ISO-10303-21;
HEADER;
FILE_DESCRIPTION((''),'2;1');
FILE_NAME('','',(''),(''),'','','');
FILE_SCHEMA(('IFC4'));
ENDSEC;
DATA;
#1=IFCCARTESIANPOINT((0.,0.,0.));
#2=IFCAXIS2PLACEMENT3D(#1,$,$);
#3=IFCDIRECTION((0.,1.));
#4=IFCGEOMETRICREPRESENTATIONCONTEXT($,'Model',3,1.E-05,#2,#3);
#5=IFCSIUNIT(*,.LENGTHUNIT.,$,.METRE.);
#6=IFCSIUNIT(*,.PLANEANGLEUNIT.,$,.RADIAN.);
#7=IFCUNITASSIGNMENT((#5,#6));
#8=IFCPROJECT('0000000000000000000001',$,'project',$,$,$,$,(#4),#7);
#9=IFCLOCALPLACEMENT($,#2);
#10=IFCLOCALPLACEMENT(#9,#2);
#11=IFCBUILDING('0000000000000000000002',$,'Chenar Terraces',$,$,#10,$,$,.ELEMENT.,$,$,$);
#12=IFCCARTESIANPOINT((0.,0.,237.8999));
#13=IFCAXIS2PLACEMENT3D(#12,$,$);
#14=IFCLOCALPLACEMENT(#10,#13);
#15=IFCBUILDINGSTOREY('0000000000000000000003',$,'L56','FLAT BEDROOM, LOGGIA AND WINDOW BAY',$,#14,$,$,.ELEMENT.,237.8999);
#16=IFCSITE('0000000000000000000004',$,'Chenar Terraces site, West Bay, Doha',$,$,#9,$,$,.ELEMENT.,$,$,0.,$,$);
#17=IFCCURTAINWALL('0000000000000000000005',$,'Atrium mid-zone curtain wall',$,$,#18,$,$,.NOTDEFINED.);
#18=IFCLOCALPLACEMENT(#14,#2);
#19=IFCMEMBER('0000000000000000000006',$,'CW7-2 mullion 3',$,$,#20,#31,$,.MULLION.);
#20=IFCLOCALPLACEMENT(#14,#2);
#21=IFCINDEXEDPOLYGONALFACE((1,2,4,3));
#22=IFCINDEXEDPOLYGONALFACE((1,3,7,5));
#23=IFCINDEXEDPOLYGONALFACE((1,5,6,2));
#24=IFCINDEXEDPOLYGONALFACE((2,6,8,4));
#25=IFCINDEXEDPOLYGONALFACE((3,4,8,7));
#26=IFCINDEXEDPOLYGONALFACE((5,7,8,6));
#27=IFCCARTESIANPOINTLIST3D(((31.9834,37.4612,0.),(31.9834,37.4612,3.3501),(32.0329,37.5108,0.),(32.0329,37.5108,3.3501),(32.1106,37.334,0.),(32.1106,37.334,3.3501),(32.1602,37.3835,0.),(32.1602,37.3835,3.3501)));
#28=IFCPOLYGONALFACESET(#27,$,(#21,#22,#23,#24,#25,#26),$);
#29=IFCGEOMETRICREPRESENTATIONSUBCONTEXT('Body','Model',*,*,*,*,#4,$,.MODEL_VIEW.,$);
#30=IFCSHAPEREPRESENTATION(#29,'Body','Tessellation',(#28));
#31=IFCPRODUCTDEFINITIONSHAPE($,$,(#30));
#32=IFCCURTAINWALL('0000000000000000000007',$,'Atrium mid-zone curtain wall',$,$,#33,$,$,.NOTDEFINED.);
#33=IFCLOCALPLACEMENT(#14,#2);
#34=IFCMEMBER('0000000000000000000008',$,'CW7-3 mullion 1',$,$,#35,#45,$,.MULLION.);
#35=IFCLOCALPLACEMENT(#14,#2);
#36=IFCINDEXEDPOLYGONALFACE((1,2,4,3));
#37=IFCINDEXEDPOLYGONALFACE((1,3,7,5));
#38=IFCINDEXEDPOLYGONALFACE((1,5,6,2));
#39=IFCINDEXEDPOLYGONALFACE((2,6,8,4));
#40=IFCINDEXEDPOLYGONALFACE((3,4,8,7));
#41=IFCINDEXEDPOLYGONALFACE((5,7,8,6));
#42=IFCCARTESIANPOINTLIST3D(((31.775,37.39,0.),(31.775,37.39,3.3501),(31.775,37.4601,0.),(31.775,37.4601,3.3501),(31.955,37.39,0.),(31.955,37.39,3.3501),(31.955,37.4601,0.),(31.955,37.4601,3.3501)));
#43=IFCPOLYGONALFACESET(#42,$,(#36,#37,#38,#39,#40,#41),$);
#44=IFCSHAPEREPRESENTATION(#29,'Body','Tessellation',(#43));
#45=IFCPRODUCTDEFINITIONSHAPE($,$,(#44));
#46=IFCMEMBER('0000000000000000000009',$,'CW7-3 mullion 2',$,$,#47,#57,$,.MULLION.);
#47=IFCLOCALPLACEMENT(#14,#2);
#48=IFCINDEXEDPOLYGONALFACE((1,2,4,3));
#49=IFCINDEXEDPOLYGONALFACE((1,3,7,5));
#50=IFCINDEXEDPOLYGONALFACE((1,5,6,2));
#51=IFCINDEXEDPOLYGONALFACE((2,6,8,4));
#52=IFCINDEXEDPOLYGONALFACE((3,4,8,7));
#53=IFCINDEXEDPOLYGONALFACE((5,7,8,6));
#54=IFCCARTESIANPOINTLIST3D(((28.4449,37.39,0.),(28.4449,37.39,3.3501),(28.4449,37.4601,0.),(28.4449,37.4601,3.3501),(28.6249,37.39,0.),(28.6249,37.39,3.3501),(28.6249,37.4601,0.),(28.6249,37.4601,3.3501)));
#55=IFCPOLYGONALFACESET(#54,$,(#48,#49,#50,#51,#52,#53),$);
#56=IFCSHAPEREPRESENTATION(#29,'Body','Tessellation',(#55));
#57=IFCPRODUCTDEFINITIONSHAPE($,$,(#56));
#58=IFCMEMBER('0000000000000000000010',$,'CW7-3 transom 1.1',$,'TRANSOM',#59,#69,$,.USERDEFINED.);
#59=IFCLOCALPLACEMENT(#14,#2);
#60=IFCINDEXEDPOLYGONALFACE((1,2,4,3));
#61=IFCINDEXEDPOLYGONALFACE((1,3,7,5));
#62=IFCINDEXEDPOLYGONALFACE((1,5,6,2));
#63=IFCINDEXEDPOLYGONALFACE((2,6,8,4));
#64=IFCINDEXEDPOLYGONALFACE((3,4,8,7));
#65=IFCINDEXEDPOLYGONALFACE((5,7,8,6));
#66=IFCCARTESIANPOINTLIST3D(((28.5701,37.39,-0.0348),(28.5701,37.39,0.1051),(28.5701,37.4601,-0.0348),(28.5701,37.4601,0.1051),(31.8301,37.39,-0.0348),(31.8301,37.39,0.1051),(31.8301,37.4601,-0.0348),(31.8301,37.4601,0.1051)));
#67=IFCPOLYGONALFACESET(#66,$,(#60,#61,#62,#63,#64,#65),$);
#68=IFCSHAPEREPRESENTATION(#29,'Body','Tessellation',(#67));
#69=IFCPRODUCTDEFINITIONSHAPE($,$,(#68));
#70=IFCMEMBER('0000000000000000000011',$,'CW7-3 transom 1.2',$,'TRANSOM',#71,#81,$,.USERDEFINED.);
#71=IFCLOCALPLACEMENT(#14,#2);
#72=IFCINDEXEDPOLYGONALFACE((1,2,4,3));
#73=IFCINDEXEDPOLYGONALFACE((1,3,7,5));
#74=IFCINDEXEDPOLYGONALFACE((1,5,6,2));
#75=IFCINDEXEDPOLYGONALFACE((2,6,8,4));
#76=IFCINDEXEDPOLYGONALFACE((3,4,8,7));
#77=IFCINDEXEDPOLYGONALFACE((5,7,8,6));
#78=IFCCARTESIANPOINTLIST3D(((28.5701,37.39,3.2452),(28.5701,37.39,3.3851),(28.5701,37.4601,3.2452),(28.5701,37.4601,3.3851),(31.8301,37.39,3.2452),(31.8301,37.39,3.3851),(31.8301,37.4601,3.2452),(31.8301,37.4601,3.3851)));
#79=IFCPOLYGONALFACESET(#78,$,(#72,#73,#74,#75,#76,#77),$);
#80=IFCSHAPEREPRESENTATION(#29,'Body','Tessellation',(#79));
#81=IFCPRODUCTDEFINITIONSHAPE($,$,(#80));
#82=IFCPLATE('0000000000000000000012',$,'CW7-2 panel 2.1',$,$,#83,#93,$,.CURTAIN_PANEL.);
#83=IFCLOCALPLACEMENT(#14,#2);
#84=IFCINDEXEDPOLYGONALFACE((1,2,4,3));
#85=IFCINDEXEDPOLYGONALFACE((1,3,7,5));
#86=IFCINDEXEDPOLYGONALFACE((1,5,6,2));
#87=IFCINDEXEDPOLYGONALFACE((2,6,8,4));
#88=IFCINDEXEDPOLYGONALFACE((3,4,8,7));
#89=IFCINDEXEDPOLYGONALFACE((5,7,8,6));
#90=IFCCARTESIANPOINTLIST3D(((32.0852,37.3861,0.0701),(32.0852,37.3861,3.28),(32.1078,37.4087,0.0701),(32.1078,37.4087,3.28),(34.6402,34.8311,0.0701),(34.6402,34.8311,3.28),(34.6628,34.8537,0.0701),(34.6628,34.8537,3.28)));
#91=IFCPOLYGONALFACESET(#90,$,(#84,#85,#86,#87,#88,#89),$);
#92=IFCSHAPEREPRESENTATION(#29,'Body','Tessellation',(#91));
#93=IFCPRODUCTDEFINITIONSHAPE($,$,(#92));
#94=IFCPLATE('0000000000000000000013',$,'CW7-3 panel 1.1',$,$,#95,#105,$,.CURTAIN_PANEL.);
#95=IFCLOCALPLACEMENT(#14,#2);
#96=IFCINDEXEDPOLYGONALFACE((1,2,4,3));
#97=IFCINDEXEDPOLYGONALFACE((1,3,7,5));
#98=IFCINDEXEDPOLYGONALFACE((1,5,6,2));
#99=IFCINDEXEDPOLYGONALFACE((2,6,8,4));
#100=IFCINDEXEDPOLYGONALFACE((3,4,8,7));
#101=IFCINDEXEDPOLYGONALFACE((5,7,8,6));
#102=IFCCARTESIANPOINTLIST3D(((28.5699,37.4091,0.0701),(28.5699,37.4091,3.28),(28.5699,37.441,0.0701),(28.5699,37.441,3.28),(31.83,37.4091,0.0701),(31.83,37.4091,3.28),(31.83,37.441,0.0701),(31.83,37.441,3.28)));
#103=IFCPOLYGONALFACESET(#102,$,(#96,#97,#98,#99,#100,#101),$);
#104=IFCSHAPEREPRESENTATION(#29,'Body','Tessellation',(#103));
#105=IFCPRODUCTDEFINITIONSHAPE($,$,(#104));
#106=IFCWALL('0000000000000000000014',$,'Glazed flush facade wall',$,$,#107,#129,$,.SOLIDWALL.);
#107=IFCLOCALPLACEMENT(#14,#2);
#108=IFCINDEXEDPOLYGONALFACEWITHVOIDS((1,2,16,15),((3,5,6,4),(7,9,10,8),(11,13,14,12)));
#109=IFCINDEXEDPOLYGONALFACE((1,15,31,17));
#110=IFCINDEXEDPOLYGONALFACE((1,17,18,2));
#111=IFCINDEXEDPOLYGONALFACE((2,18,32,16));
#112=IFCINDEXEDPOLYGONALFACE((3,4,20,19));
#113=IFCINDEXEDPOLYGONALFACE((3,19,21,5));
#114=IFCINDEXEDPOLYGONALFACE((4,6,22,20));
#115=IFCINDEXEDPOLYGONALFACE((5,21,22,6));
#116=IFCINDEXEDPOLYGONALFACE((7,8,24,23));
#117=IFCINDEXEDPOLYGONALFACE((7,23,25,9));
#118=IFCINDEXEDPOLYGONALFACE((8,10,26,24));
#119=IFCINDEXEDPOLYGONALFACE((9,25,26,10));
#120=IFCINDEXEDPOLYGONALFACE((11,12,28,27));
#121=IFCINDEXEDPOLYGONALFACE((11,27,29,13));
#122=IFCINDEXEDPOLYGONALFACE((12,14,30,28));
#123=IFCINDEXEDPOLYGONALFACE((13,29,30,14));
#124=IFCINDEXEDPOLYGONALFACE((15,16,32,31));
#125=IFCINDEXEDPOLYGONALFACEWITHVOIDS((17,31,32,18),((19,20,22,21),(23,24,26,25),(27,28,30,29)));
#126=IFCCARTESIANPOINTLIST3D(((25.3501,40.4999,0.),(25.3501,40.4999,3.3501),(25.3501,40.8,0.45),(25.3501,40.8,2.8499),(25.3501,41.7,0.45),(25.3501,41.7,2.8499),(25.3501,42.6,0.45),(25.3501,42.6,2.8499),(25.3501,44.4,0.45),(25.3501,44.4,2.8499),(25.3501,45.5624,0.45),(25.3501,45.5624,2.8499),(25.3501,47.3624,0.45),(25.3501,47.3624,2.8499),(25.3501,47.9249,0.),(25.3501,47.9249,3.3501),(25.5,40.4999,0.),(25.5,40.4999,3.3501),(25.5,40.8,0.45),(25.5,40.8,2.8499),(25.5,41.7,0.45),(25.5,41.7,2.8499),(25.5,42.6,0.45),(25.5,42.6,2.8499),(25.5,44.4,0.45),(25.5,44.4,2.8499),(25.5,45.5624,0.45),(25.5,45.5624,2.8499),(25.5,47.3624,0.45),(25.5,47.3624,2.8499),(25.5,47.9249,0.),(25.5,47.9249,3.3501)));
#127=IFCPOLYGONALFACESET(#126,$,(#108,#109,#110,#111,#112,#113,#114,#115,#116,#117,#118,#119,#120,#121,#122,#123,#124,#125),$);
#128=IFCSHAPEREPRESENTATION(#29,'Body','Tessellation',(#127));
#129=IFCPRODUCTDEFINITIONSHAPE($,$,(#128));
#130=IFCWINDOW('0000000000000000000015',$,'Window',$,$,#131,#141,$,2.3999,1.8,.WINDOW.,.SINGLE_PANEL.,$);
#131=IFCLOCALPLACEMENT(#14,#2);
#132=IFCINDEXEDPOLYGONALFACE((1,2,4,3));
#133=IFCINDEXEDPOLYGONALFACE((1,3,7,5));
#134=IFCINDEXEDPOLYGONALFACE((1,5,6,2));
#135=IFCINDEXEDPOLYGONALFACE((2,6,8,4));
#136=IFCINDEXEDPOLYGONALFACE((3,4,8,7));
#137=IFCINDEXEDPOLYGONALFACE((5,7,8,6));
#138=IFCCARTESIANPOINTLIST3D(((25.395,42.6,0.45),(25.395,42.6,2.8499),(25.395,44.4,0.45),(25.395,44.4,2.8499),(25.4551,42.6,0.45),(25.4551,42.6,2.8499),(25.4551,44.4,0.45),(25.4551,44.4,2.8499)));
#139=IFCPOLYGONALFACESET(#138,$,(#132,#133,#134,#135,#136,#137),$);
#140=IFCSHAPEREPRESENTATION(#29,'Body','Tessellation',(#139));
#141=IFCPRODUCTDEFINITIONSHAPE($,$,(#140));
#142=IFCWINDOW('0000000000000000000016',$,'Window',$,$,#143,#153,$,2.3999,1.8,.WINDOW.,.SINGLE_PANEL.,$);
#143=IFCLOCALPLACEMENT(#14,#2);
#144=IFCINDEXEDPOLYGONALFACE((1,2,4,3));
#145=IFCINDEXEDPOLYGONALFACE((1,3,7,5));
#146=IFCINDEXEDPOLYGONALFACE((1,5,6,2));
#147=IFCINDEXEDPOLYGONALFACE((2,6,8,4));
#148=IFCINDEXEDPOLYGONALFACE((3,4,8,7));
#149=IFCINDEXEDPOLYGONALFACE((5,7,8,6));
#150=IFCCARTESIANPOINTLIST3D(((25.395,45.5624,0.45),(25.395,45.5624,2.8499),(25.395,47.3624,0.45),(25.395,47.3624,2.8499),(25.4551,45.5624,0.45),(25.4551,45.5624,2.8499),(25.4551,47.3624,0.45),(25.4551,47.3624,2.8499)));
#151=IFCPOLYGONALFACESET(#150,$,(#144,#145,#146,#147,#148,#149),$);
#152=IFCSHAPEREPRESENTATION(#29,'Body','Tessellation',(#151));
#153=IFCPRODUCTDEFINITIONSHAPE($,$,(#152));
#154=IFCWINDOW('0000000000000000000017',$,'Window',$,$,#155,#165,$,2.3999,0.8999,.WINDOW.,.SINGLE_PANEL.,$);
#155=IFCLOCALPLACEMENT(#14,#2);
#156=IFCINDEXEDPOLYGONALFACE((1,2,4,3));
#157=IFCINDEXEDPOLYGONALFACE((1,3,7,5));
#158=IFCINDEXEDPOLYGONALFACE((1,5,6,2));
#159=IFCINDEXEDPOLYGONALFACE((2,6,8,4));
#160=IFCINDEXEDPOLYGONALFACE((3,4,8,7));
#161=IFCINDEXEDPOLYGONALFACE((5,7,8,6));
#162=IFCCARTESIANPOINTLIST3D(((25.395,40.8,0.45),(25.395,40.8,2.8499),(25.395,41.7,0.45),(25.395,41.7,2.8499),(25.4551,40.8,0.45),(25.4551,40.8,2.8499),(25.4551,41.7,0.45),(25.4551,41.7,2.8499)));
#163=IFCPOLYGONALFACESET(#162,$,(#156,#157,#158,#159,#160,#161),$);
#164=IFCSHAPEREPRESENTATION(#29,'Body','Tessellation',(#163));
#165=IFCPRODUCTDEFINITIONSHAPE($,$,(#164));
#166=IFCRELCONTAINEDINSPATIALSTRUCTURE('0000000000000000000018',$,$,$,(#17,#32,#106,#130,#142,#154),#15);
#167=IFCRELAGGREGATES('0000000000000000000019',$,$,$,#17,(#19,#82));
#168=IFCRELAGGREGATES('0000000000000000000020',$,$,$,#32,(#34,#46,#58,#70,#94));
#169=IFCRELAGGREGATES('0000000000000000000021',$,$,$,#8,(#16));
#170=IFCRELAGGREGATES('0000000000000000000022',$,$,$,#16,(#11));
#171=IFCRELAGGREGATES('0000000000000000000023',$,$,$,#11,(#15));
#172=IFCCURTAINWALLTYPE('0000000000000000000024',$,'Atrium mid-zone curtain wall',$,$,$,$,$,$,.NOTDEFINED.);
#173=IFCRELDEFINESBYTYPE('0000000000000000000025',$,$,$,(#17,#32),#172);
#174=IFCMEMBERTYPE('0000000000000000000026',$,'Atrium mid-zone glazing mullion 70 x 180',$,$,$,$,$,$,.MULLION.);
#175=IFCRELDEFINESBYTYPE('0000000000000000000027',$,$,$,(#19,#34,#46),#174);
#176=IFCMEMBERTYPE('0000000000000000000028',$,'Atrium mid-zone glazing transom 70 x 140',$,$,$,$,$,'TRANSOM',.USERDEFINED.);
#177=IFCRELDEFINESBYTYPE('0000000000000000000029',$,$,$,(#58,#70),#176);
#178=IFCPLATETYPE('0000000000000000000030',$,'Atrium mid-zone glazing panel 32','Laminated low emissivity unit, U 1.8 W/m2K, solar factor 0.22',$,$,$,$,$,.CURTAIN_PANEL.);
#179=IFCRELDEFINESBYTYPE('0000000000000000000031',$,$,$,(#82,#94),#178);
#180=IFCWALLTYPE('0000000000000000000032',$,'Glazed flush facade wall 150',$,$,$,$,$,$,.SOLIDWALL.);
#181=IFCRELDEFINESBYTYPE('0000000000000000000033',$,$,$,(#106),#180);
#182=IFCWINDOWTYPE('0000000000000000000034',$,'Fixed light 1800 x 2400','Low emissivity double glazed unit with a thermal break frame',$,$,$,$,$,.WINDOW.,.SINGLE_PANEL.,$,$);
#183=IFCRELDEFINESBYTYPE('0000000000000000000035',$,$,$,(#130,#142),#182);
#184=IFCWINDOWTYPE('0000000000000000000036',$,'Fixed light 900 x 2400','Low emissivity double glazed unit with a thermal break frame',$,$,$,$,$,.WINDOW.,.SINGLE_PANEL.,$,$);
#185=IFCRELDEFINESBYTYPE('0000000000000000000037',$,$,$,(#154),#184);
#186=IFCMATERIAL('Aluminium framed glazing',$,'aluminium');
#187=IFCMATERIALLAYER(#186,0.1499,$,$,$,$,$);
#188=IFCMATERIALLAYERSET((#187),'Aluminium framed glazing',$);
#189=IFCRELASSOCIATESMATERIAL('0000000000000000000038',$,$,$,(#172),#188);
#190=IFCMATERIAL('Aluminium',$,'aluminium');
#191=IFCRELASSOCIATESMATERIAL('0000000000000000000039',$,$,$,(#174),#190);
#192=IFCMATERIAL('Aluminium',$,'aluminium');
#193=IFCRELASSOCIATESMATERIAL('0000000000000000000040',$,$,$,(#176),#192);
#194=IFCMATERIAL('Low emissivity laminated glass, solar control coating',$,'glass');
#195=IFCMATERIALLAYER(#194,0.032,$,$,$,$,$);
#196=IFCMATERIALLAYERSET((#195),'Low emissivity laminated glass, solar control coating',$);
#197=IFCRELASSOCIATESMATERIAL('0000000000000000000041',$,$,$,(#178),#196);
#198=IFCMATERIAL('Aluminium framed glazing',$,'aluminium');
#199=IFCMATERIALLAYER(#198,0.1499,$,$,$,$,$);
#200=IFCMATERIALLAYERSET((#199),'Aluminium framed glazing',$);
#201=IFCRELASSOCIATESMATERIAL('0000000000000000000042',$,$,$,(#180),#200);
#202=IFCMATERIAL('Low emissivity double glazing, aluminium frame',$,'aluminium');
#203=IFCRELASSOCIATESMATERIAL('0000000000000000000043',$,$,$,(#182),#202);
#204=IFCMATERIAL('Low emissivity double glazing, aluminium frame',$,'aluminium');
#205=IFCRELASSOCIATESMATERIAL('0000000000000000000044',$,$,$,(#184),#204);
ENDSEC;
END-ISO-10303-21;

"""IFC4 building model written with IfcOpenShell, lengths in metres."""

from ifc_helpers import new_model, si_unit, direction, frame, frame_2d, origin, origin_2d, place, context, subcontext, project, spatial, rectangle, extrude, material, layer, layer_set, material_profile, profile_set, type_object, element, fill, aggregate, save


model = new_model("IFC4")

# Units and contexts
model_context = context("Model", 3, precision=1e-05, world=origin(), true_north=direction((0.0, 1.0)))
body_context = subcontext(model_context, "Body", "Model", "MODEL_VIEW")
ifc_project = project(units=[si_unit("LENGTHUNIT", "METRE"), si_unit("PLANEANGLEUNIT", "RADIAN")], contexts=[model_context])

# Site, building, storey
site_placement = place(None, origin())
site = spatial("IfcSite", under=ifc_project, at=site_placement, Name="Chenar Terraces site, West Bay, Doha", CompositionType="ELEMENT", RefElevation=0.0)
building_placement = place(site_placement, origin())
building = spatial("IfcBuilding", under=site, at=building_placement, Name="Chenar Terraces", CompositionType="ELEMENT")
storey_placement = place(building_placement, frame((0.0, 0.0, 237.8999)))
storey = spatial("IfcBuildingStorey", under=building, at=storey_placement, Name="L56", Description="FLAT BEDROOM, LOGGIA AND WINDOW BAY", CompositionType="ELEMENT", Elevation=237.8999)

# Curtain wall, member
ifc_material_1 = material(Name="Aluminium framed glazing", Category="aluminium")
ifc_layer_1 = layer(ifc_material_1, 0.1499)
ifc_layer_set_1 = layer_set([ifc_layer_1], Name="Aluminium framed glazing")
curtain_wall_type = type_object("IfcCurtainWallType", Name="Atrium mid-zone curtain wall", PredefinedType="NOTDEFINED", material=ifc_layer_set_1)
placement = place(storey_placement, origin())
curtain_wall_1 = element("IfcCurtainWall", 1, at=placement, inside=storey, type_object=curtain_wall_type, Name="Atrium mid-zone curtain wall", PredefinedType="NOTDEFINED")
ifc_material_2 = material(Name="Aluminium", Category="aluminium")
ifc_material_profile_1 = material_profile(ifc_material_2, rectangle(XDim=0.0701, YDim=0.1799, at=origin_2d()), Name="Atrium mid-zone glazing mullion 70 x 180")
ifc_profile_set_1 = profile_set([ifc_material_profile_1], Name="Aluminium")
member_type_1 = type_object("IfcMemberType", Name="Atrium mid-zone glazing mullion 70 x 180", PredefinedType="MULLION", material=ifc_profile_set_1)
member_1_placement = place(storey_placement, frame((32.0718, 37.4224, 0.0), z_axis=(0.0, 0.0, 1.0), x_axis=(-0.707107, -0.707107, 0.0)))
member_1 = element("IfcMember", 2, at=member_1_placement, type_object=member_type_1, Name="CW7-2 mullion 3", PredefinedType="MULLION", context=body_context, shape_type="SweptSolid", body=[
    extrude(rectangle(XDim=0.0701, YDim=0.1799, at=origin_2d()), origin(), (0.0, 0.0, 1.0), 3.3501),
])

# Curtain wall, members
curtain_wall_2 = element("IfcCurtainWall", 3, at=placement, inside=storey, type_object=curtain_wall_type, Name="Atrium mid-zone curtain wall", PredefinedType="NOTDEFINED")
member_2_placement = place(storey_placement, frame((31.865, 37.425, 0.0), z_axis=(0.0, 0.0, 1.0), x_axis=(0.0, -1.0, 0.0)))
member_2 = element("IfcMember", 4, at=member_2_placement, type_object=member_type_1, Name="CW7-3 mullion 1", PredefinedType="MULLION", context=body_context, shape_type="SweptSolid", body=[
    extrude(rectangle(XDim=0.0701, YDim=0.1799, at=origin_2d()), origin(), (0.0, 0.0, 1.0), 3.3501),
])
member_3_placement = place(storey_placement, frame((28.5349, 37.425, 0.0), z_axis=(0.0, 0.0, 1.0), x_axis=(0.0, -1.0, 0.0)))
member_3 = element("IfcMember", 5, at=member_3_placement, type_object=member_type_1, Name="CW7-3 mullion 2", PredefinedType="MULLION", context=body_context, shape_type="SweptSolid", body=[
    extrude(rectangle(XDim=0.0701, YDim=0.1799, at=origin_2d()), origin(), (0.0, 0.0, 1.0), 3.3501),
])
ifc_material_3 = material(Name="Aluminium", Category="aluminium")
ifc_material_profile_2 = material_profile(ifc_material_3, rectangle(XDim=0.0701, YDim=0.1399, at=origin_2d()), Name="Atrium mid-zone glazing transom 70 x 140")
ifc_profile_set_2 = profile_set([ifc_material_profile_2], Name="Aluminium")
member_type_2 = type_object("IfcMemberType", Name="Atrium mid-zone glazing transom 70 x 140", ElementType="TRANSOM", PredefinedType="USERDEFINED", material=ifc_profile_set_2)
member_4_placement = place(storey_placement, frame((31.8301, 37.425, 0.0352), z_axis=(-1.0, 0.0, 0.0), x_axis=(0.0, -1.0, 0.0)))
member_4 = element("IfcMember", 6, at=member_4_placement, type_object=member_type_2, Name="CW7-3 transom 1.1", ObjectType="TRANSOM", PredefinedType="USERDEFINED", context=body_context, shape_type="SweptSolid", body=[
    extrude(rectangle(XDim=0.0701, YDim=0.1399, at=origin_2d()), origin(), (0.0, 0.0, 1.0), 3.26),
])
member_5_placement = place(storey_placement, frame((31.8301, 37.425, 3.3152), z_axis=(-1.0, 0.0, 0.0), x_axis=(0.0, -1.0, 0.0)))
member_5 = element("IfcMember", 7, at=member_5_placement, type_object=member_type_2, Name="CW7-3 transom 1.2", ObjectType="TRANSOM", PredefinedType="USERDEFINED", context=body_context, shape_type="SweptSolid", body=[
    extrude(rectangle(XDim=0.0701, YDim=0.1399, at=origin_2d()), origin(), (0.0, 0.0, 1.0), 3.26),
])

# Plates
ifc_material_4 = material(Name="Low emissivity laminated glass, solar control coating", Category="glass")
ifc_layer_2 = layer(ifc_material_4, 0.032)
ifc_layer_set_2 = layer_set([ifc_layer_2], Name="Low emissivity laminated glass, solar control coating")
plate_type = type_object("IfcPlateType", Name="Atrium mid-zone glazing panel 32", Description="Laminated low emissivity unit, U 1.8 W/m2K, solar factor 0.22", PredefinedType="CURTAIN_PANEL", material=ifc_layer_set_2)
plate_1_placement = place(storey_placement, frame((33.374, 36.1199, 0.0701), z_axis=(0.0, 0.0, 1.0), x_axis=(-0.707107, 0.707107, 0.0)))
plate_1 = element("IfcPlate", 8, at=plate_1_placement, type_object=plate_type, Name="CW7-2 panel 2.1", PredefinedType="CURTAIN_PANEL", context=body_context, shape_type="SweptSolid", body=[
    extrude(rectangle(XDim=3.6133, YDim=0.032, at=origin_2d()), origin(), (0.0, 0.0, 1.0), 3.21),
])
aggregate(curtain_wall_1, [member_1, plate_1])
plate_2_placement = place(storey_placement, frame((30.2, 37.425, 0.0701), z_axis=(0.0, 0.0, 1.0), x_axis=(-1.0, 0.0, 0.0)))
plate_2 = element("IfcPlate", 9, at=plate_2_placement, type_object=plate_type, Name="CW7-3 panel 1.1", PredefinedType="CURTAIN_PANEL", context=body_context, shape_type="SweptSolid", body=[
    extrude(rectangle(XDim=3.26, YDim=0.032, at=origin_2d()), origin(), (0.0, 0.0, 1.0), 3.21),
])
aggregate(curtain_wall_2, [member_2, member_3, member_4, member_5, plate_2])

# Wall, openings, windows
ifc_material_5 = material(Name="Aluminium framed glazing", Category="aluminium")
ifc_layer_3 = layer(ifc_material_5, 0.1499)
ifc_layer_set_3 = layer_set([ifc_layer_3], Name="Aluminium framed glazing")
wall_type_1 = type_object("IfcWallType", Name="Glazed flush facade wall 150", PredefinedType="SOLIDWALL", material=ifc_layer_set_3)
wall_1_placement = place(storey_placement, frame((25.425, 40.5, 0.0), z_axis=(0.0, 0.0, 1.0), x_axis=(0.0, 1.0, 0.0)))
wall_1 = element("IfcWall", 10, at=wall_1_placement, inside=storey, type_object=wall_type_1, Name="Glazed flush facade wall", PredefinedType="SOLIDWALL", context=body_context, shape_type="SweptSolid", body=[
    extrude(rectangle(XDim=7.425, YDim=0.1499, at=frame_2d((3.7124, 0.0))), origin(), (0.0, 0.0, 1.0), 3.3501),
])
opening_1_placement = place(wall_1_placement, frame((0.3, 0.0, 0.45)))
opening_1 = element("IfcOpeningElement", 11, at=opening_1_placement, cuts=wall_1, PredefinedType="OPENING", context=body_context, shape_type="SweptSolid", body=[
    extrude(rectangle(XDim=0.8999, YDim=2.3999, at=frame_2d((0.45, 1.2))), frame((0.0, 0.085, 0.0), z_axis=(0.0, -1.0, 0.0), x_axis=(1.0, 0.0, 0.0)), (0.0, 0.0, 1.0), 0.1699),
])
opening_2_placement = place(wall_1_placement, frame((2.1001, 0.0, 0.45)))
opening_2 = element("IfcOpeningElement", 12, at=opening_2_placement, cuts=wall_1, PredefinedType="OPENING", context=body_context, shape_type="SweptSolid", body=[
    extrude(rectangle(XDim=1.8, YDim=2.3999, at=frame_2d((0.8999, 1.2))), frame((0.0, 0.085, 0.0), z_axis=(0.0, -1.0, 0.0), x_axis=(1.0, 0.0, 0.0)), (0.0, 0.0, 1.0), 0.1699),
])
opening_3_placement = place(wall_1_placement, frame((5.0625, 0.0, 0.45)))
opening_3 = element("IfcOpeningElement", 13, at=opening_3_placement, cuts=wall_1, PredefinedType="OPENING", context=body_context, shape_type="SweptSolid", body=[
    extrude(rectangle(XDim=1.8, YDim=2.3999, at=frame_2d((0.8999, 1.2))), frame((0.0, 0.085, 0.0), z_axis=(0.0, -1.0, 0.0), x_axis=(1.0, 0.0, 0.0)), (0.0, 0.0, 1.0), 0.1699),
])
ifc_material_6 = material(Name="Low emissivity double glazing, aluminium frame", Category="aluminium")
window_type_1 = type_object("IfcWindowType", Name="Fixed light 1800 x 2400", Description="Low emissivity double glazed unit with a thermal break frame", PartitioningType="SINGLE_PANEL", PredefinedType="WINDOW", material=ifc_material_6)
window_1_placement = place(opening_2_placement, origin())
window_1 = element("IfcWindow", 14, at=window_1_placement, inside=storey, type_object=window_type_1, Name="Window", OverallHeight=2.3999, OverallWidth=1.8, PartitioningType="SINGLE_PANEL", PredefinedType="WINDOW", context=body_context, shape_type="SweptSolid", body=[
    extrude(rectangle(XDim=1.8, YDim=2.3999, at=frame_2d((0.8999, 1.2))), frame((0.0, 0.03, 0.0), z_axis=(0.0, -1.0, 0.0), x_axis=(1.0, 0.0, 0.0)), (0.0, 0.0, 1.0), 0.0601),
])
fill(opening_2, window_1)
window_2_placement = place(opening_3_placement, origin())
window_2 = element("IfcWindow", 15, at=window_2_placement, inside=storey, type_object=window_type_1, Name="Window", OverallHeight=2.3999, OverallWidth=1.8, PartitioningType="SINGLE_PANEL", PredefinedType="WINDOW", context=body_context, shape_type="SweptSolid", body=[
    extrude(rectangle(XDim=1.8, YDim=2.3999, at=frame_2d((0.8999, 1.2))), frame((0.0, 0.03, 0.0), z_axis=(0.0, -1.0, 0.0), x_axis=(1.0, 0.0, 0.0)), (0.0, 0.0, 1.0), 0.0601),
])
fill(opening_3, window_2)
ifc_material_7 = material(Name="Low emissivity double glazing, aluminium frame", Category="aluminium")
window_type_2 = type_object("IfcWindowType", Name="Fixed light 900 x 2400", Description="Low emissivity double glazed unit with a thermal break frame", PartitioningType="SINGLE_PANEL", PredefinedType="WINDOW", material=ifc_material_7)
window_3_placement = place(opening_1_placement, origin())
window_3 = element("IfcWindow", 16, at=window_3_placement, inside=storey, type_object=window_type_2, Name="Window", OverallHeight=2.3999, OverallWidth=0.8999, PartitioningType="SINGLE_PANEL", PredefinedType="WINDOW", context=body_context, shape_type="SweptSolid", body=[
    extrude(rectangle(XDim=0.8999, YDim=2.3999, at=frame_2d((0.45, 1.2))), frame((0.0, 0.03, 0.0), z_axis=(0.0, -1.0, 0.0), x_axis=(1.0, 0.0, 0.0)), (0.0, 0.0, 1.0), 0.0601),
])
fill(opening_1, window_3)

save(model, "model.ifc")
